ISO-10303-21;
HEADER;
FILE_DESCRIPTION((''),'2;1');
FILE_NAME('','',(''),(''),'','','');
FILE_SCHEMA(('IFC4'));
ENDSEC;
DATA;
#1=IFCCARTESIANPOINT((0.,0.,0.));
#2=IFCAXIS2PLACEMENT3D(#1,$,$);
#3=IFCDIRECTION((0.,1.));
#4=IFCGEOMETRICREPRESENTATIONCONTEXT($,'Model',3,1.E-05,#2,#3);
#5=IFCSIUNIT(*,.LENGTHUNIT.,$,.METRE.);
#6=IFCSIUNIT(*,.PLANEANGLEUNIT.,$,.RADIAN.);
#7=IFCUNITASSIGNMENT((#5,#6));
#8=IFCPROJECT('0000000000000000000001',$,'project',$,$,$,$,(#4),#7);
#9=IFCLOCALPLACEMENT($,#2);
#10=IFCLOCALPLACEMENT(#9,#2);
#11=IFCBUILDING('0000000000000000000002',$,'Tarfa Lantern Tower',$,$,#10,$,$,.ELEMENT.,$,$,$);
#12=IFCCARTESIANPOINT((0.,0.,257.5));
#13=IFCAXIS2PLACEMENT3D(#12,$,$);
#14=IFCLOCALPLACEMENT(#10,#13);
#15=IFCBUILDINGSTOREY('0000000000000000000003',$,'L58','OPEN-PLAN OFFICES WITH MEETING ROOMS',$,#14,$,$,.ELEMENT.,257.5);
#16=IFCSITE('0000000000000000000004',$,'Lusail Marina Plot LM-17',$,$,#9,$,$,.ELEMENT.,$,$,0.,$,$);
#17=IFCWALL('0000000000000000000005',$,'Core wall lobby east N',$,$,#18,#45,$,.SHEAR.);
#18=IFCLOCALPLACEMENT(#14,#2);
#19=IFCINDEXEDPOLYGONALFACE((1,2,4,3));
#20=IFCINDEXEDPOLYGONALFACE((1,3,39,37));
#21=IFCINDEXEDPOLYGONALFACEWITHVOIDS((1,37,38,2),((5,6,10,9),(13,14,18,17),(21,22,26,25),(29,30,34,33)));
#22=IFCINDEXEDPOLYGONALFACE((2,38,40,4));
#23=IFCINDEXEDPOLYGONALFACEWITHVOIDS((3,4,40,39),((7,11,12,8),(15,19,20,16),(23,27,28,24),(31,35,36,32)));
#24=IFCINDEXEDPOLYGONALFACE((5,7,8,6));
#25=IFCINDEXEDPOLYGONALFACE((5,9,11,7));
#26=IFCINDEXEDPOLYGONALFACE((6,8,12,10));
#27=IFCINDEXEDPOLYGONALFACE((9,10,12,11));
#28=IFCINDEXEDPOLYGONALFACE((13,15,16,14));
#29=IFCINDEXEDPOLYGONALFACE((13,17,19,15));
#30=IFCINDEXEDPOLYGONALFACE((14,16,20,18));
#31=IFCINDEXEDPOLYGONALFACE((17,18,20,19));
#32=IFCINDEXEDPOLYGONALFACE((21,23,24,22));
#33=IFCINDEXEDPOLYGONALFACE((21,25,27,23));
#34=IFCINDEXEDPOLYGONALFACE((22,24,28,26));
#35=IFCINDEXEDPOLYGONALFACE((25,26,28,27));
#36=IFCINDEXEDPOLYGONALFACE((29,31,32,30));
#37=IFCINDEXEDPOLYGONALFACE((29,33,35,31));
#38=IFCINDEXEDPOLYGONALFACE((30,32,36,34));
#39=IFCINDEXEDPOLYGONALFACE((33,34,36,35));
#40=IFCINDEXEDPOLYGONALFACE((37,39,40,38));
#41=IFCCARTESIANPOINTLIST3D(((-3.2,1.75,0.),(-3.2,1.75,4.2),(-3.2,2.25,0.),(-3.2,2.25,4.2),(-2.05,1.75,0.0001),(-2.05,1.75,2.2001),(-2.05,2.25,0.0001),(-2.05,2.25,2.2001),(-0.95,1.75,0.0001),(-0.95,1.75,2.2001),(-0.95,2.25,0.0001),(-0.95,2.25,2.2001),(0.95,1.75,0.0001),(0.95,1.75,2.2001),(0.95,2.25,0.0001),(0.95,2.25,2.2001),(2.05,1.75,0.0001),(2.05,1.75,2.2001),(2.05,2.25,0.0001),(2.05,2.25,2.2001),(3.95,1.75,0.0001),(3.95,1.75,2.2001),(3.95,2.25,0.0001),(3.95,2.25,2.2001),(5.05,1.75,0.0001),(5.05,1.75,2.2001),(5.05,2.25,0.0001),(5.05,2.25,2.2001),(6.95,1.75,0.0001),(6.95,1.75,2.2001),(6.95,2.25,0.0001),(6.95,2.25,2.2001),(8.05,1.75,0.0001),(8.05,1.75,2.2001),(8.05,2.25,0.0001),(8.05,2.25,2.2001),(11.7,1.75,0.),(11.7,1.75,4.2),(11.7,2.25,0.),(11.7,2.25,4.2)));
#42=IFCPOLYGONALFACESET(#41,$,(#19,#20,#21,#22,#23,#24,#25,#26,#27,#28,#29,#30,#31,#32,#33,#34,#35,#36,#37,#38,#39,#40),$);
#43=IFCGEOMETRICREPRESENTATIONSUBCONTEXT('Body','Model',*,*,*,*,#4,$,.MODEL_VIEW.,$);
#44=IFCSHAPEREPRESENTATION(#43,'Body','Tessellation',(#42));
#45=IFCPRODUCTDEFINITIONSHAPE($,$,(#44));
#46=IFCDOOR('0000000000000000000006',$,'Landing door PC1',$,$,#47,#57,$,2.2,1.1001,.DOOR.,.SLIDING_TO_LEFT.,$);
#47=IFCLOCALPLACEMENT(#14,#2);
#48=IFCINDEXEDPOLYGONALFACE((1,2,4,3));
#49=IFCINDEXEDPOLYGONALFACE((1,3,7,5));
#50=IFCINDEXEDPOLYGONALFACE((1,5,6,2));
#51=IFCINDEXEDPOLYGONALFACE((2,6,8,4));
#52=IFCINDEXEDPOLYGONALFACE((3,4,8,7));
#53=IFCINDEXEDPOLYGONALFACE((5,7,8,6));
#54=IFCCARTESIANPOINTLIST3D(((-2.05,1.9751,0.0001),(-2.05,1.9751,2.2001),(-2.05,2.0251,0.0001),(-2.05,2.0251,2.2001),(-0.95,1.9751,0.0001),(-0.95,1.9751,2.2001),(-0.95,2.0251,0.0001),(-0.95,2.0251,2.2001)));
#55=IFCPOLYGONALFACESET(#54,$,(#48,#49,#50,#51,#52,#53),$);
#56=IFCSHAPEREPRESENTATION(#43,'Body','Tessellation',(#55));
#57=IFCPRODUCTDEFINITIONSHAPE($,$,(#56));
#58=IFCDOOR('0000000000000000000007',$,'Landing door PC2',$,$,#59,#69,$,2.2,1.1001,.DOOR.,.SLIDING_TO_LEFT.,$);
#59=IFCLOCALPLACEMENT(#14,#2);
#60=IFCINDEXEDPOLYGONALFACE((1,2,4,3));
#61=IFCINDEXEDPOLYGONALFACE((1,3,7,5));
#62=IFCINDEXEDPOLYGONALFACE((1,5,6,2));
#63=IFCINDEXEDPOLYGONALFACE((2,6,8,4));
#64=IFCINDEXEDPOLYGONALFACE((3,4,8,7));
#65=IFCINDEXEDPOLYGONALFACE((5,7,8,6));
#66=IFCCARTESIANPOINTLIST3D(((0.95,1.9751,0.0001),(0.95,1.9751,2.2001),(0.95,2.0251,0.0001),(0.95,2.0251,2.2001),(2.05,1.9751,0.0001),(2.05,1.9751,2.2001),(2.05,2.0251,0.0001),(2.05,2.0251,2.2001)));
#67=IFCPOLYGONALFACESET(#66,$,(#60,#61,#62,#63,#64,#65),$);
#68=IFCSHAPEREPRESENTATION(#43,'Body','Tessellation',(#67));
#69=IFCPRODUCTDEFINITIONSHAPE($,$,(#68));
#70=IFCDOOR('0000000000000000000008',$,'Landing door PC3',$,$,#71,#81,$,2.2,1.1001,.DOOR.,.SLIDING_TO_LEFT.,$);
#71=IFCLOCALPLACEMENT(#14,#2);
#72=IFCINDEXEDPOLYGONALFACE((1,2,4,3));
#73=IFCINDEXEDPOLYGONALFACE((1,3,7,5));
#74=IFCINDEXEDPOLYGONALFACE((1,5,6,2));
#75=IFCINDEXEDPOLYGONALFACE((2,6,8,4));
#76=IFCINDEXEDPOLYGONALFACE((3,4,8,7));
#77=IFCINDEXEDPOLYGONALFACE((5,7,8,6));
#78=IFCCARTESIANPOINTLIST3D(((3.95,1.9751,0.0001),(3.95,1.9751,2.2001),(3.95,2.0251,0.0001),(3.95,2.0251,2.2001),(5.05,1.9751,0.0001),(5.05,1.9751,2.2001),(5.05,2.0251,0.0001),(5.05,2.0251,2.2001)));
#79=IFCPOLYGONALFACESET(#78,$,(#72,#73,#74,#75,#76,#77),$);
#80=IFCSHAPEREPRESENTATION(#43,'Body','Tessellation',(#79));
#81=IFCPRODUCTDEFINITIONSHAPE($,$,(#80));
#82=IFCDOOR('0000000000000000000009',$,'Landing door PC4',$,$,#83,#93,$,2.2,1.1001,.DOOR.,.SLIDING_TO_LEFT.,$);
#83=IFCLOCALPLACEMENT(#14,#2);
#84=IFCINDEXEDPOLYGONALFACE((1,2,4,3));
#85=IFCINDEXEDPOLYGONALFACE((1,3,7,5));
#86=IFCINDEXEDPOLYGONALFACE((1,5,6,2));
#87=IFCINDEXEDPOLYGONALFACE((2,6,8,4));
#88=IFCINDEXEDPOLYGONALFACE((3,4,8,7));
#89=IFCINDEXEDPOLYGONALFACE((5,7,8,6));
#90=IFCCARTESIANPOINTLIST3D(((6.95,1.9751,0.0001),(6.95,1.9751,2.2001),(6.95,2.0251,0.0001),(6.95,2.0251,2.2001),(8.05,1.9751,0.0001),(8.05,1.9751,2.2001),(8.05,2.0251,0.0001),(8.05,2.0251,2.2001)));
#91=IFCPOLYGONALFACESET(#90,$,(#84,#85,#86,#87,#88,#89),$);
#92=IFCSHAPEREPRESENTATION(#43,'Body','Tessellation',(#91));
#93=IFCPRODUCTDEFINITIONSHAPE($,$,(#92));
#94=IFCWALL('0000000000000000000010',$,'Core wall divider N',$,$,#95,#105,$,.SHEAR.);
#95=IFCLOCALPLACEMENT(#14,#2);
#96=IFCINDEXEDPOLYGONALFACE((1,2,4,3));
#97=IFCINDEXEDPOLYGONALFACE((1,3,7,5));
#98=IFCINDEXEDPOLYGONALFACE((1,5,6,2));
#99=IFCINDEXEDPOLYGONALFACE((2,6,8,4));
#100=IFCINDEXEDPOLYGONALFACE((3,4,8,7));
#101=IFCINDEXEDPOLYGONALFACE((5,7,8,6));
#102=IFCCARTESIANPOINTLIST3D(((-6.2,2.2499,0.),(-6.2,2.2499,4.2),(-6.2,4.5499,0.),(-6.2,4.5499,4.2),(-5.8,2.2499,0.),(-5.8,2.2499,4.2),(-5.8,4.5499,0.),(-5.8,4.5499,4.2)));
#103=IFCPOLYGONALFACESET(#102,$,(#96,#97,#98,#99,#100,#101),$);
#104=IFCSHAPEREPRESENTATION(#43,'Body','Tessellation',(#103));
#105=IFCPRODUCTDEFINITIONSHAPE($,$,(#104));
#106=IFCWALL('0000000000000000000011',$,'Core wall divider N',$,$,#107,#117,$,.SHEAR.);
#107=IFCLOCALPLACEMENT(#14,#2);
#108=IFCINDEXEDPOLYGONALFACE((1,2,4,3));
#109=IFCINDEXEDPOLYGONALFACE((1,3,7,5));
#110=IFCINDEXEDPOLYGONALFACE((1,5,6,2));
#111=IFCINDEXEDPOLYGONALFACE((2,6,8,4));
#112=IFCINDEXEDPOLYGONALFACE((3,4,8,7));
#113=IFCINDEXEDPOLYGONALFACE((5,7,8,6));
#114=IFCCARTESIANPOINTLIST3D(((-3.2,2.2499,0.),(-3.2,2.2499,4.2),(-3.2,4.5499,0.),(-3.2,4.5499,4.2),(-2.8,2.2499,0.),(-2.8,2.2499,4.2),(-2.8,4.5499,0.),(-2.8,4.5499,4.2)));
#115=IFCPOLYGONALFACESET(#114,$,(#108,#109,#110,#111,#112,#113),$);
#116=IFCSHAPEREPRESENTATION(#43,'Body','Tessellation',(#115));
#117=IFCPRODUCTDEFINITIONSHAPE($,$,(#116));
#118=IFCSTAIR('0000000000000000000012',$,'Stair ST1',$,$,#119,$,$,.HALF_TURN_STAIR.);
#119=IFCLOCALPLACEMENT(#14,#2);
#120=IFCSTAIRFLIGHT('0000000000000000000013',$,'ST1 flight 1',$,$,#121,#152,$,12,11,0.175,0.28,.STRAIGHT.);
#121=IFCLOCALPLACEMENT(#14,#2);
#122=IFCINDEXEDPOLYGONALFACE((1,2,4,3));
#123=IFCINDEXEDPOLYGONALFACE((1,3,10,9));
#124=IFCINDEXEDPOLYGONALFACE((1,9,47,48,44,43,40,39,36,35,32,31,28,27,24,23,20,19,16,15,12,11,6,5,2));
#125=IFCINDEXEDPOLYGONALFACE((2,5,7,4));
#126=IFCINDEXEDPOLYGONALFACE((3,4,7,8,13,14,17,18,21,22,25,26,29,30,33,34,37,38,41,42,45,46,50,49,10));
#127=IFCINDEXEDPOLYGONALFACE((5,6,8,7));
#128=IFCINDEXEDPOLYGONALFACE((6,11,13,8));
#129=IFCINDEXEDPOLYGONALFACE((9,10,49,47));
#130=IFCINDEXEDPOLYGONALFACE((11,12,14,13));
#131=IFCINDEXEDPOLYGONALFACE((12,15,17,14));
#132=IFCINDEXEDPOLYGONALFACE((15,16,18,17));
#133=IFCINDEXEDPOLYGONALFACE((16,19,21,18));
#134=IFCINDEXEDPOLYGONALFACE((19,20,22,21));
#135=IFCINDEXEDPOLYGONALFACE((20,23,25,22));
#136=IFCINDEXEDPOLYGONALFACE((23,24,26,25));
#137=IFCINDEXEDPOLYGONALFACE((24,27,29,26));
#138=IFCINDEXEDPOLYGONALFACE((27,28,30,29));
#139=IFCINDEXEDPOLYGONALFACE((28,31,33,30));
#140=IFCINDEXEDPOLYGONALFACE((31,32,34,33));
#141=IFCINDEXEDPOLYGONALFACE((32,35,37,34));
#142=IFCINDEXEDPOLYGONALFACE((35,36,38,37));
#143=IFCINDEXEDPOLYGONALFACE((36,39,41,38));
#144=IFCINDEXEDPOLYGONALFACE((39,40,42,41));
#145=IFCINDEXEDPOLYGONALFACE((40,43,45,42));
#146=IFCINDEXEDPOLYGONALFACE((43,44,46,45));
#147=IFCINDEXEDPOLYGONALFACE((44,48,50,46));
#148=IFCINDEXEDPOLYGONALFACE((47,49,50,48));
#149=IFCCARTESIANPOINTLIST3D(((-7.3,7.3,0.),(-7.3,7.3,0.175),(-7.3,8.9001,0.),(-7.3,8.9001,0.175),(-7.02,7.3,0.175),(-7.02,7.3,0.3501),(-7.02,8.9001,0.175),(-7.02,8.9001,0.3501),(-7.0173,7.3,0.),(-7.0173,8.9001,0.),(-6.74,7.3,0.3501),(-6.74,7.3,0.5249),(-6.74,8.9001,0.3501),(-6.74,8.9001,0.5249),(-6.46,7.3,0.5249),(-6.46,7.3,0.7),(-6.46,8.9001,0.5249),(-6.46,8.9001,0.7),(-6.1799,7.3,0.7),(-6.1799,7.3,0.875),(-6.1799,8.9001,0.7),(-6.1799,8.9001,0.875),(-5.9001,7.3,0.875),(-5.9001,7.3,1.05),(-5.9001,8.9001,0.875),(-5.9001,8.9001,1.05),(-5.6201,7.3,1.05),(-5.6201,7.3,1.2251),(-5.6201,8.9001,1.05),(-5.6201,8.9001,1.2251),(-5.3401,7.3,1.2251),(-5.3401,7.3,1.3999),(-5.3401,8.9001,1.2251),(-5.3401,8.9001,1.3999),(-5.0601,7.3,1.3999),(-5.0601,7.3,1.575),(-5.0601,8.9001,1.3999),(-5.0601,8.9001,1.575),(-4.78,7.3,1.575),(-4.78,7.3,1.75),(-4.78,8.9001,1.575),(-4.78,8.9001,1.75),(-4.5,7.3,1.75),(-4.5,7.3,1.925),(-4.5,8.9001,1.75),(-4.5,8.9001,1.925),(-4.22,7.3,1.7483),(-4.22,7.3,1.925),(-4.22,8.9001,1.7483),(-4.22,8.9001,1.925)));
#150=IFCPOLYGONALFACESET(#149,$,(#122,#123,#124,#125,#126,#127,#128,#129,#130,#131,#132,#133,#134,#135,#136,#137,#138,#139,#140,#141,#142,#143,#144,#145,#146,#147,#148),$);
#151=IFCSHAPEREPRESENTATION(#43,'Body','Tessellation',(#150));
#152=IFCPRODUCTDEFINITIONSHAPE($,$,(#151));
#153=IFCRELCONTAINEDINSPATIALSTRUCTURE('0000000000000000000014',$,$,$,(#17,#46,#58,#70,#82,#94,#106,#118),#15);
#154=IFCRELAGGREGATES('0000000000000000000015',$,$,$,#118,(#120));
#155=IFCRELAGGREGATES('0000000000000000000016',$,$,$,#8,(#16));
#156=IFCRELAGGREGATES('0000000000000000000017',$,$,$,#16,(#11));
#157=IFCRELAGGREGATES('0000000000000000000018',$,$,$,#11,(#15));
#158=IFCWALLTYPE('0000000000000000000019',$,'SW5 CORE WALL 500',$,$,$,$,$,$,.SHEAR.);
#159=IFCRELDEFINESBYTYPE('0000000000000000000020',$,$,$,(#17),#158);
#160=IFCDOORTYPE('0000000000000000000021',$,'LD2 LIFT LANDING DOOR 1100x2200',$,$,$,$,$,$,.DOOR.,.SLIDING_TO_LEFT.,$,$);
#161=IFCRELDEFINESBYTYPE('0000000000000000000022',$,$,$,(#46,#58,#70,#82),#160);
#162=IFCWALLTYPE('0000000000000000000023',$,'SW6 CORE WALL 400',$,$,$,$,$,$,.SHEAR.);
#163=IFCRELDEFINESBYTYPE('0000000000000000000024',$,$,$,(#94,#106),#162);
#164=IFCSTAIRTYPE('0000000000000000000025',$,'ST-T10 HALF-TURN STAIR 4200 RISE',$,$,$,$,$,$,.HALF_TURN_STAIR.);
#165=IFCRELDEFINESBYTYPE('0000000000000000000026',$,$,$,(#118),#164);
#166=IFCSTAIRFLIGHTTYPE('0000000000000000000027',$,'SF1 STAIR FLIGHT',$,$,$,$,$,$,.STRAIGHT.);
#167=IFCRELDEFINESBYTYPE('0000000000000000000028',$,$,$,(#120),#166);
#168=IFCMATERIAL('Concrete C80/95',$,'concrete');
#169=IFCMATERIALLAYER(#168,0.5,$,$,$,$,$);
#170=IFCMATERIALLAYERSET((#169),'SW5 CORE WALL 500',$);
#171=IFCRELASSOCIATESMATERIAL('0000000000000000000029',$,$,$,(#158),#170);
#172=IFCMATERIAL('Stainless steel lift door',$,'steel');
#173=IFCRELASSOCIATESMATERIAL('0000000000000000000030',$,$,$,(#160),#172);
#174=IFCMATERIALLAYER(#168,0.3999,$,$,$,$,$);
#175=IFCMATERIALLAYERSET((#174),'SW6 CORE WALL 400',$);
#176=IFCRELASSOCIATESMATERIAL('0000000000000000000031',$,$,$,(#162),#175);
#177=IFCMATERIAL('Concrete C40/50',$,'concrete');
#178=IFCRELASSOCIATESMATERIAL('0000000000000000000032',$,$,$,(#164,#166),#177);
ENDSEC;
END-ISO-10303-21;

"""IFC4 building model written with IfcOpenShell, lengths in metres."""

from ifc_helpers import new_model, si_unit, direction, frame, frame_2d, origin, place, context, subcontext, project, spatial, polyline, rectangle, outline, extrude, material, layer, layer_set, type_object, element, fill, aggregate, save


model = new_model("IFC4")

# Units and contexts
model_context = context("Model", 3, precision=1e-05, world=origin(), true_north=direction((0.0, 1.0)))
body_context = subcontext(model_context, "Body", "Model", "MODEL_VIEW")
ifc_project = project(units=[si_unit("LENGTHUNIT", "METRE"), si_unit("PLANEANGLEUNIT", "RADIAN")], contexts=[model_context])

# Site, building, storey
site_placement = place(None, origin())
site = spatial("IfcSite", under=ifc_project, at=site_placement, Name="Lusail Marina Plot LM-17", CompositionType="ELEMENT", RefElevation=0.0)
building_placement = place(site_placement, origin())
building = spatial("IfcBuilding", under=site, at=building_placement, Name="Tarfa Lantern Tower", CompositionType="ELEMENT")
storey_placement = place(building_placement, frame((0.0, 0.0, 257.5)))
storey = spatial("IfcBuildingStorey", under=building, at=storey_placement, Name="L58", Description="OPEN-PLAN OFFICES WITH MEETING ROOMS", CompositionType="ELEMENT", Elevation=257.5)

# Shared definitions
ifc_material_1 = material(Name="Concrete C80/95", Category="concrete")

# Wall, openings, doors
ifc_layer_1 = layer(ifc_material_1, 0.5)
ifc_layer_set_1 = layer_set([ifc_layer_1], Name="SW5 CORE WALL 500")
wall_type_1 = type_object("IfcWallType", Name="SW5 CORE WALL 500", PredefinedType="SHEAR", material=ifc_layer_set_1)
wall_1_placement = place(storey_placement, frame((-3.2, 2.0, 0.0), z_axis=(0.0, 0.0, 1.0), x_axis=(1.0, 0.0, 0.0)))
wall_1 = element("IfcWall", 1, at=wall_1_placement, inside=storey, type_object=wall_type_1, Name="Core wall lobby east N", PredefinedType="SHEAR", context=body_context, shape_type="SweptSolid", body=[
    extrude(rectangle(XDim=14.8999, YDim=0.5, at=frame_2d((7.45, 0.0))), origin(), (0.0, 0.0, 1.0), 4.2),
])
opening_1_placement = place(wall_1_placement, frame((1.1499, 0.0, 0.0)))
opening_1 = element("IfcOpeningElement", 2, at=opening_1_placement, cuts=wall_1, PredefinedType="OPENING", context=body_context, shape_type="SweptSolid", body=[
    extrude(rectangle(XDim=1.1001, YDim=2.2, at=frame_2d((0.55, 1.1001))), frame((0.0, 0.26, 0.0), z_axis=(0.0, -1.0, 0.0), x_axis=(1.0, 0.0, 0.0)), (0.0, 0.0, 1.0), 0.52),
])
opening_2_placement = place(wall_1_placement, frame((4.1499, 0.0, 0.0)))
opening_2 = element("IfcOpeningElement", 3, at=opening_2_placement, cuts=wall_1, PredefinedType="OPENING", context=body_context, shape_type="SweptSolid", body=[
    extrude(rectangle(XDim=1.1001, YDim=2.2, at=frame_2d((0.55, 1.1001))), frame((0.0, 0.26, 0.0), z_axis=(0.0, -1.0, 0.0), x_axis=(1.0, 0.0, 0.0)), (0.0, 0.0, 1.0), 0.52),
])
opening_3_placement = place(wall_1_placement, frame((7.1499, 0.0, 0.0)))
opening_3 = element("IfcOpeningElement", 4, at=opening_3_placement, cuts=wall_1, PredefinedType="OPENING", context=body_context, shape_type="SweptSolid", body=[
    extrude(rectangle(XDim=1.1001, YDim=2.2, at=frame_2d((0.55, 1.1001))), frame((0.0, 0.26, 0.0), z_axis=(0.0, -1.0, 0.0), x_axis=(1.0, 0.0, 0.0)), (0.0, 0.0, 1.0), 0.52),
])
opening_4_placement = place(wall_1_placement, frame((10.1499, 0.0, 0.0)))
opening_4 = element("IfcOpeningElement", 5, at=opening_4_placement, cuts=wall_1, PredefinedType="OPENING", context=body_context, shape_type="SweptSolid", body=[
    extrude(rectangle(XDim=1.1001, YDim=2.2, at=frame_2d((0.55, 1.1001))), frame((0.0, 0.26, 0.0), z_axis=(0.0, -1.0, 0.0), x_axis=(1.0, 0.0, 0.0)), (0.0, 0.0, 1.0), 0.52),
])
ifc_material_2 = material(Name="Stainless steel lift door", Category="steel")
door_type_1 = type_object("IfcDoorType", Name="LD2 LIFT LANDING DOOR 1100x2200", OperationType="SLIDING_TO_LEFT", PredefinedType="DOOR", material=ifc_material_2)
door_1_placement = place(opening_1_placement, frame((1.1001, 0.0, 0.0), z_axis=(0.0, 0.0, 1.0), x_axis=(-1.0, 0.0, 0.0)))
door_1 = element("IfcDoor", 6, at=door_1_placement, inside=storey, type_object=door_type_1, Name="Landing door PC1", OperationType="SLIDING_TO_LEFT", OverallHeight=2.2, OverallWidth=1.1001, PredefinedType="DOOR", context=body_context, shape_type="SweptSolid", body=[
    extrude(rectangle(XDim=1.1001, YDim=2.2, at=frame_2d((0.55, 1.1001))), frame((0.0, 0.0249, 0.0), z_axis=(0.0, -1.0, 0.0), x_axis=(1.0, 0.0, 0.0)), (0.0, 0.0, 1.0), 0.05),
])
fill(opening_1, door_1)
door_2_placement = place(opening_2_placement, frame((1.1001, 0.0, 0.0), z_axis=(0.0, 0.0, 1.0), x_axis=(-1.0, 0.0, 0.0)))
door_2 = element("IfcDoor", 7, at=door_2_placement, inside=storey, type_object=door_type_1, Name="Landing door PC2", OperationType="SLIDING_TO_LEFT", OverallHeight=2.2, OverallWidth=1.1001, PredefinedType="DOOR", context=body_context, shape_type="SweptSolid", body=[
    extrude(rectangle(XDim=1.1001, YDim=2.2, at=frame_2d((0.55, 1.1001))), frame((0.0, 0.0249, 0.0), z_axis=(0.0, -1.0, 0.0), x_axis=(1.0, 0.0, 0.0)), (0.0, 0.0, 1.0), 0.05),
])
fill(opening_2, door_2)
door_3_placement = place(opening_3_placement, frame((1.1001, 0.0, 0.0), z_axis=(0.0, 0.0, 1.0), x_axis=(-1.0, 0.0, 0.0)))
door_3 = element("IfcDoor", 8, at=door_3_placement, inside=storey, type_object=door_type_1, Name="Landing door PC3", OperationType="SLIDING_TO_LEFT", OverallHeight=2.2, OverallWidth=1.1001, PredefinedType="DOOR", context=body_context, shape_type="SweptSolid", body=[
    extrude(rectangle(XDim=1.1001, YDim=2.2, at=frame_2d((0.55, 1.1001))), frame((0.0, 0.0249, 0.0), z_axis=(0.0, -1.0, 0.0), x_axis=(1.0, 0.0, 0.0)), (0.0, 0.0, 1.0), 0.05),
])
fill(opening_3, door_3)
door_4_placement = place(opening_4_placement, frame((1.1001, 0.0, 0.0), z_axis=(0.0, 0.0, 1.0), x_axis=(-1.0, 0.0, 0.0)))
door_4 = element("IfcDoor", 9, at=door_4_placement, inside=storey, type_object=door_type_1, Name="Landing door PC4", OperationType="SLIDING_TO_LEFT", OverallHeight=2.2, OverallWidth=1.1001, PredefinedType="DOOR", context=body_context, shape_type="SweptSolid", body=[
    extrude(rectangle(XDim=1.1001, YDim=2.2, at=frame_2d((0.55, 1.1001))), frame((0.0, 0.0249, 0.0), z_axis=(0.0, -1.0, 0.0), x_axis=(1.0, 0.0, 0.0)), (0.0, 0.0, 1.0), 0.05),
])
fill(opening_4, door_4)

# Walls
ifc_layer_2 = layer(ifc_material_1, 0.3999)
ifc_layer_set_2 = layer_set([ifc_layer_2], Name="SW6 CORE WALL 400")
wall_type_2 = type_object("IfcWallType", Name="SW6 CORE WALL 400", PredefinedType="SHEAR", material=ifc_layer_set_2)
for number, where, z_axis, x_axis, name in (
    (10, (-6.0, 2.25, 0.0), (0.0, 0.0, 1.0), (0.0, 1.0, 0.0), "Core wall divider N"),
    (11, (-3.0, 2.25, 0.0), (0.0, 0.0, 1.0), (0.0, 1.0, 0.0), "Core wall divider N"),
):
    element("IfcWall", number, at=place(storey_placement, frame(where, z_axis=z_axis, x_axis=x_axis)), inside=storey, type_object=wall_type_2, Name=name, PredefinedType="SHEAR", context=body_context, shape_type="SweptSolid", body=[
        extrude(rectangle(XDim=2.3, YDim=0.3999, at=frame_2d((1.1499, 0.0))), origin(), (0.0, 0.0, 1.0), 4.2),
    ])

# Stair, stair flight
ifc_material_3 = material(Name="Concrete C40/50", Category="concrete")
stair_type = type_object("IfcStairType", Name="ST-T10 HALF-TURN STAIR 4200 RISE", PredefinedType="HALF_TURN_STAIR", material=ifc_material_3)
stair_placement = place(storey_placement, origin())
stair = element("IfcStair", 12, at=stair_placement, inside=storey, type_object=stair_type, Name="Stair ST1", PredefinedType="HALF_TURN_STAIR")
stair_flight_type = type_object("IfcStairFlightType", Name="SF1 STAIR FLIGHT", PredefinedType="STRAIGHT", material=ifc_material_3)
stair_flight_1_placement = place(storey_placement, frame((-7.3, 8.1001, 0.0), z_axis=(0.0, 0.0, 1.0), x_axis=(1.0, 0.0, 0.0)))
stair_flight_1 = element("IfcStairFlight", 13, at=stair_flight_1_placement, type_object=stair_flight_type, Name="ST1 flight 1", NumberOfRisers=12, NumberOfTreads=11, PredefinedType="STRAIGHT", RiserHeight=0.175, TreadLength=0.28, context=body_context, shape_type="SweptSolid", body=[
    extrude(outline(polyline([(0.0, 0.0), (0.0, 0.175), (0.28, 0.175), (0.28, 0.3501), (0.5601, 0.3501), (0.5601, 0.5249), (0.8401, 0.5249), (0.8401, 0.7), (1.1201, 0.7), (1.1201, 0.875), (1.3999, 0.875), (1.3999, 1.05), (1.6799, 1.05), (1.6799, 1.2251), (1.96, 1.2251), (1.96, 1.3999), (2.24, 1.3999), (2.24, 1.575), (2.52, 1.575), (2.52, 1.75), (2.8, 1.75), (2.8, 1.925), (3.0801, 1.925), (3.0801, 2.1001), (3.0801, 1.7483), (0.2827, 0.0), (0.0, 0.0)])), frame((0.0, 0.8, 0.0), z_axis=(0.0, -1.0, 0.0), x_axis=(1.0, 0.0, 0.0)), (0.0, 0.0, 1.0), 1.6001),
])
aggregate(stair, [stair_flight_1])

save(model, "model.ifc")
